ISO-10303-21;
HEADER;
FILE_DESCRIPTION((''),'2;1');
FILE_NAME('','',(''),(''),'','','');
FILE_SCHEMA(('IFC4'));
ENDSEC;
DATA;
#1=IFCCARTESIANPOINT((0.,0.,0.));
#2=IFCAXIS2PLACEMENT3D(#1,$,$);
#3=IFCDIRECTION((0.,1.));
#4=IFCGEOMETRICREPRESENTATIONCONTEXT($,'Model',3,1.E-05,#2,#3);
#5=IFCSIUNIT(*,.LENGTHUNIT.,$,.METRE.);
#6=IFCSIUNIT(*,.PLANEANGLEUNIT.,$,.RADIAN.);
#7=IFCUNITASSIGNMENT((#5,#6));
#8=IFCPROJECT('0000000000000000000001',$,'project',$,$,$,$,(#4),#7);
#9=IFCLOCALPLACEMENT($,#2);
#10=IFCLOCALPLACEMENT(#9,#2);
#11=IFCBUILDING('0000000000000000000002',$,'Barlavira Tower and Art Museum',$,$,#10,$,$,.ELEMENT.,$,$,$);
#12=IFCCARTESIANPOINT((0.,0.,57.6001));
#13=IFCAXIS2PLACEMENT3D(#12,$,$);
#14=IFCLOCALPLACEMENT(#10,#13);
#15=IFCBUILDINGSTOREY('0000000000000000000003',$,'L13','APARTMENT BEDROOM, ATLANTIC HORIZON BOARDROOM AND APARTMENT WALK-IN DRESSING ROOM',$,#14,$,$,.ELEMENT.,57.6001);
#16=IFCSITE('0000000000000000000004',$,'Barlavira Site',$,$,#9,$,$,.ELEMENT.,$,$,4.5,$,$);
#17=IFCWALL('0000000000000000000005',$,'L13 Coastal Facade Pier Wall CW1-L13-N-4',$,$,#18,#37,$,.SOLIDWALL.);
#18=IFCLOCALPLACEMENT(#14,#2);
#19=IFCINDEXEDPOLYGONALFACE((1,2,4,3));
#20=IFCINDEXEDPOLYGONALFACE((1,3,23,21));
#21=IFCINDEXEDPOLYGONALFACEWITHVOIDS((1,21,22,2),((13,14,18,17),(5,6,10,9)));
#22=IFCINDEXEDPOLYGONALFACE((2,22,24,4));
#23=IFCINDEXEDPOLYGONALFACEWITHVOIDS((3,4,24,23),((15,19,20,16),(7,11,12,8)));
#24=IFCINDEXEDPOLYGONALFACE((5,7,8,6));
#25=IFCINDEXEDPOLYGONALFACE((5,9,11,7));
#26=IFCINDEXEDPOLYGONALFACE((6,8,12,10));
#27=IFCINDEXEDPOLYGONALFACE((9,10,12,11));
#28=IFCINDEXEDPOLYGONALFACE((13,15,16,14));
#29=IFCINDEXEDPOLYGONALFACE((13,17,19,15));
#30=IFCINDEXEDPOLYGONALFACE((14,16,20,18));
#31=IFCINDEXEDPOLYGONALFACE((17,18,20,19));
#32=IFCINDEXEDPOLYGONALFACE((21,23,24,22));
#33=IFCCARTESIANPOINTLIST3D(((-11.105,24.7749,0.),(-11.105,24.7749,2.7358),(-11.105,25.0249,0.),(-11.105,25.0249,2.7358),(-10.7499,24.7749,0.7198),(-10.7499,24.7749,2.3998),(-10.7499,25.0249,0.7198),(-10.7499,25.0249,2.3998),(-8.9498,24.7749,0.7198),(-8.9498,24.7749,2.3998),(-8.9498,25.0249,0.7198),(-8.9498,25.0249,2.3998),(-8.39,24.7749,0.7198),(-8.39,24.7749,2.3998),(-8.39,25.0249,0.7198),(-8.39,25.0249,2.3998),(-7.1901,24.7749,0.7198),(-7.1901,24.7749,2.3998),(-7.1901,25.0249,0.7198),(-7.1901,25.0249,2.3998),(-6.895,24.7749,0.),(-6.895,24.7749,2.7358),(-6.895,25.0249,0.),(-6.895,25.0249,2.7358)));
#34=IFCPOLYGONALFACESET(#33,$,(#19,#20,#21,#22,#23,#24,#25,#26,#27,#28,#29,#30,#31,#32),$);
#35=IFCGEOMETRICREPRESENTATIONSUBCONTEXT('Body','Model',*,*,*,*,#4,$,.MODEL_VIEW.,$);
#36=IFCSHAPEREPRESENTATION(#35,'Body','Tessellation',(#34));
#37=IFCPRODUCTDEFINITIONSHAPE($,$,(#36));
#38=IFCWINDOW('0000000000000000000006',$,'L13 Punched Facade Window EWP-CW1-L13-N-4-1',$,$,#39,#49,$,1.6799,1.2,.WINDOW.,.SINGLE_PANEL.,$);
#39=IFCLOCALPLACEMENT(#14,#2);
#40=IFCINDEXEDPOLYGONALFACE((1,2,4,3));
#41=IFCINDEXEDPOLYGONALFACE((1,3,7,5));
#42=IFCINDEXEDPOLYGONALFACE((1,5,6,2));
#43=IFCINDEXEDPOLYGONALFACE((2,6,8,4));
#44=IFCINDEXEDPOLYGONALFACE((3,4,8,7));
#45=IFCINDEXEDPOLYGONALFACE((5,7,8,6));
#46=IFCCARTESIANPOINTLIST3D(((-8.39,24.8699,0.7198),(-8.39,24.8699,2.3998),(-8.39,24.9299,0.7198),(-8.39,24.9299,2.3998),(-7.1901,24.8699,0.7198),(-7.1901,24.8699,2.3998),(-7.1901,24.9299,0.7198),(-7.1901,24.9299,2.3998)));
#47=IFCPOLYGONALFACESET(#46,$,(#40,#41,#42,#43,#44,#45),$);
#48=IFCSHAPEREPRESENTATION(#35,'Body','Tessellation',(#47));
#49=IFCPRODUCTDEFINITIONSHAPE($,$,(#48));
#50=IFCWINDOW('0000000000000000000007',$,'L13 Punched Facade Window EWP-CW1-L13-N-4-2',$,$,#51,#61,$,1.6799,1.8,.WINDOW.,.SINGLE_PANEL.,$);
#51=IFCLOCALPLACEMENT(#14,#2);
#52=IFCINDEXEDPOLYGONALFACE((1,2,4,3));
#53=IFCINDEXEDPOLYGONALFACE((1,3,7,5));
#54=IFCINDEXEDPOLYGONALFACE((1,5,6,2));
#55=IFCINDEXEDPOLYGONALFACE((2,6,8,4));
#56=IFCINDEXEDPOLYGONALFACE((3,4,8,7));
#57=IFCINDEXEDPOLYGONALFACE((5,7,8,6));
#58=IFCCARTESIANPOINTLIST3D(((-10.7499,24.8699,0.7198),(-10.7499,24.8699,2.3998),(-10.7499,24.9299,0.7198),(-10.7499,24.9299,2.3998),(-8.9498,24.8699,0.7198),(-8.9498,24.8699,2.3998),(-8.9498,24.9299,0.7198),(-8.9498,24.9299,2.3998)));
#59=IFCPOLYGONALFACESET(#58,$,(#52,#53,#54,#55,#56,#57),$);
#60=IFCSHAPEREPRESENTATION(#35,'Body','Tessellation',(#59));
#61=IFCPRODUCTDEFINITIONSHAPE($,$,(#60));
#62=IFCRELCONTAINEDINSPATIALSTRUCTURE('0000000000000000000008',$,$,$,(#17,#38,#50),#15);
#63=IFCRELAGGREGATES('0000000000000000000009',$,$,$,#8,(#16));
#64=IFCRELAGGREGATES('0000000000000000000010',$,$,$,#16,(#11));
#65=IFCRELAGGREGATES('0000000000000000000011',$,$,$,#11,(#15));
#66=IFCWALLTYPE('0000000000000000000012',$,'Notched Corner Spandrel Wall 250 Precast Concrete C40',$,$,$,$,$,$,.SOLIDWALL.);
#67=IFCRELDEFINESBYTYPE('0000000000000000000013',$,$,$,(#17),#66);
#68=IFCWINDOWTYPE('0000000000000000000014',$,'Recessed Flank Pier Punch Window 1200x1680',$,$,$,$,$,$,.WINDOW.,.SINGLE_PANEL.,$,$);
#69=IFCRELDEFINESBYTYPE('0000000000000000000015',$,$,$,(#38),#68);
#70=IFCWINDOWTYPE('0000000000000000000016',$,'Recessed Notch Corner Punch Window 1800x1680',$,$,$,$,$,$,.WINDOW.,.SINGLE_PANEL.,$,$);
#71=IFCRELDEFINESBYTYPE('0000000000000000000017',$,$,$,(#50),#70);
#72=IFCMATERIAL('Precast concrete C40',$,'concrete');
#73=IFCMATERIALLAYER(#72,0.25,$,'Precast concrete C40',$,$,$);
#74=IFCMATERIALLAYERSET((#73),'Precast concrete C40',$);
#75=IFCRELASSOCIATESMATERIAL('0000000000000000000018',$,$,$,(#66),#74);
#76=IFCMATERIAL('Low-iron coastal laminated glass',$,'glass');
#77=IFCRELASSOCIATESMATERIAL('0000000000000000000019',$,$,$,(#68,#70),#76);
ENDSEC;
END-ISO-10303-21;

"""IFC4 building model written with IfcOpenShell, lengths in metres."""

from ifc_helpers import new_model, si_unit, direction, frame, frame_2d, origin, place, context, subcontext, project, spatial, rectangle, extrude, material, layer, layer_set, type_object, element, fill, save


model = new_model("IFC4")

# Units and contexts
model_context = context("Model", 3, precision=1e-05, world=origin(), true_north=direction((0.0, 1.0)))
body_context = subcontext(model_context, "Body", "Model", "MODEL_VIEW")
ifc_project = project(units=[si_unit("LENGTHUNIT", "METRE"), si_unit("PLANEANGLEUNIT", "RADIAN")], contexts=[model_context])

# Site, building, storey
site_placement = place(None, origin())
site = spatial("IfcSite", under=ifc_project, at=site_placement, Name="Barlavira Site", CompositionType="ELEMENT", RefElevation=4.5)
building_placement = place(site_placement, origin())
building = spatial("IfcBuilding", under=site, at=building_placement, Name="Barlavira Tower and Art Museum", CompositionType="ELEMENT")
storey_placement = place(building_placement, frame((0.0, 0.0, 57.6001)))
storey = spatial("IfcBuildingStorey", under=building, at=storey_placement, Name="L13", Description="APARTMENT BEDROOM, ATLANTIC HORIZON BOARDROOM AND APARTMENT WALK-IN DRESSING ROOM", CompositionType="ELEMENT", Elevation=57.6001)

# Shared definitions
ifc_material_1 = material(Name="Low-iron coastal laminated glass", Category="glass")

# Wall, openings, windows
ifc_material_2 = material(Name="Precast concrete C40", Category="concrete")
ifc_layer_1 = layer(ifc_material_2, 0.25, Name="Precast concrete C40")
ifc_layer_set_1 = layer_set([ifc_layer_1], Name="Precast concrete C40")
wall_type_1 = type_object("IfcWallType", Name="Notched Corner Spandrel Wall 250 Precast Concrete C40", PredefinedType="SOLIDWALL", material=ifc_layer_set_1)
wall_1_placement = place(storey_placement, frame((-6.895, 24.8999, 0.0), z_axis=(0.0, 0.0, 1.0), x_axis=(-1.0, 0.0, 0.0)))
wall_1 = element("IfcWall", 1, at=wall_1_placement, inside=storey, type_object=wall_type_1, Name="L13 Coastal Facade Pier Wall CW1-L13-N-4", PredefinedType="SOLIDWALL", context=body_context, shape_type="SweptSolid", body=[
    extrude(rectangle(XDim=4.21, YDim=0.25, at=frame_2d((2.105, 0.0))), origin(), (0.0, 0.0, 1.0), 2.7358),
])
opening_1_placement = place(wall_1_placement, frame((0.2949, 0.0, 0.72)))
opening_1 = element("IfcOpeningElement", 2, at=opening_1_placement, cuts=wall_1, PredefinedType="OPENING", context=body_context, shape_type="SweptSolid", body=[
    extrude(rectangle(XDim=1.2, YDim=1.6799, at=frame_2d((0.6001, 0.8398))), frame((0.0, 0.135, 0.0), z_axis=(0.0, -1.0, 0.0), x_axis=(1.0, 0.0, 0.0)), (0.0, 0.0, 1.0), 0.27),
])
opening_2_placement = place(wall_1_placement, frame((2.0549, 0.0, 0.72)))
opening_2 = element("IfcOpeningElement", 3, at=opening_2_placement, cuts=wall_1, PredefinedType="OPENING", context=body_context, shape_type="SweptSolid", body=[
    extrude(rectangle(XDim=1.8, YDim=1.6799, at=frame_2d((0.8999, 0.8398))), frame((0.0, 0.135, 0.0), z_axis=(0.0, -1.0, 0.0), x_axis=(1.0, 0.0, 0.0)), (0.0, 0.0, 1.0), 0.27),
])
window_type_1 = type_object("IfcWindowType", Name="Recessed Flank Pier Punch Window 1200x1680", PartitioningType="SINGLE_PANEL", PredefinedType="WINDOW", material=ifc_material_1)
window_1_placement = place(opening_1_placement, origin())
window_1 = element("IfcWindow", 4, at=window_1_placement, inside=storey, type_object=window_type_1, Name="L13 Punched Facade Window EWP-CW1-L13-N-4-1", OverallHeight=1.6799, OverallWidth=1.2, PartitioningType="SINGLE_PANEL", PredefinedType="WINDOW", context=body_context, shape_type="SweptSolid", body=[
    extrude(rectangle(XDim=1.2, YDim=1.6799, at=frame_2d((0.6001, 0.8398))), frame((0.0, 0.03, 0.0), z_axis=(0.0, -1.0, 0.0), x_axis=(1.0, 0.0, 0.0)), (0.0, 0.0, 1.0), 0.0601),
])
fill(opening_1, window_1)
window_type_2 = type_object("IfcWindowType", Name="Recessed Notch Corner Punch Window 1800x1680", PartitioningType="SINGLE_PANEL", PredefinedType="WINDOW", material=ifc_material_1)
window_2_placement = place(opening_2_placement, origin())
window_2 = element("IfcWindow", 5, at=window_2_placement, inside=storey, type_object=window_type_2, Name="L13 Punched Facade Window EWP-CW1-L13-N-4-2", OverallHeight=1.6799, OverallWidth=1.8, PartitioningType="SINGLE_PANEL", PredefinedType="WINDOW", context=body_context, shape_type="SweptSolid", body=[
    extrude(rectangle(XDim=1.8, YDim=1.6799, at=frame_2d((0.8999, 0.8398))), frame((0.0, 0.03, 0.0), z_axis=(0.0, -1.0, 0.0), x_axis=(1.0, 0.0, 0.0)), (0.0, 0.0, 1.0), 0.0601),
])
fill(opening_2, window_2)

save(model, "model.ifc")
